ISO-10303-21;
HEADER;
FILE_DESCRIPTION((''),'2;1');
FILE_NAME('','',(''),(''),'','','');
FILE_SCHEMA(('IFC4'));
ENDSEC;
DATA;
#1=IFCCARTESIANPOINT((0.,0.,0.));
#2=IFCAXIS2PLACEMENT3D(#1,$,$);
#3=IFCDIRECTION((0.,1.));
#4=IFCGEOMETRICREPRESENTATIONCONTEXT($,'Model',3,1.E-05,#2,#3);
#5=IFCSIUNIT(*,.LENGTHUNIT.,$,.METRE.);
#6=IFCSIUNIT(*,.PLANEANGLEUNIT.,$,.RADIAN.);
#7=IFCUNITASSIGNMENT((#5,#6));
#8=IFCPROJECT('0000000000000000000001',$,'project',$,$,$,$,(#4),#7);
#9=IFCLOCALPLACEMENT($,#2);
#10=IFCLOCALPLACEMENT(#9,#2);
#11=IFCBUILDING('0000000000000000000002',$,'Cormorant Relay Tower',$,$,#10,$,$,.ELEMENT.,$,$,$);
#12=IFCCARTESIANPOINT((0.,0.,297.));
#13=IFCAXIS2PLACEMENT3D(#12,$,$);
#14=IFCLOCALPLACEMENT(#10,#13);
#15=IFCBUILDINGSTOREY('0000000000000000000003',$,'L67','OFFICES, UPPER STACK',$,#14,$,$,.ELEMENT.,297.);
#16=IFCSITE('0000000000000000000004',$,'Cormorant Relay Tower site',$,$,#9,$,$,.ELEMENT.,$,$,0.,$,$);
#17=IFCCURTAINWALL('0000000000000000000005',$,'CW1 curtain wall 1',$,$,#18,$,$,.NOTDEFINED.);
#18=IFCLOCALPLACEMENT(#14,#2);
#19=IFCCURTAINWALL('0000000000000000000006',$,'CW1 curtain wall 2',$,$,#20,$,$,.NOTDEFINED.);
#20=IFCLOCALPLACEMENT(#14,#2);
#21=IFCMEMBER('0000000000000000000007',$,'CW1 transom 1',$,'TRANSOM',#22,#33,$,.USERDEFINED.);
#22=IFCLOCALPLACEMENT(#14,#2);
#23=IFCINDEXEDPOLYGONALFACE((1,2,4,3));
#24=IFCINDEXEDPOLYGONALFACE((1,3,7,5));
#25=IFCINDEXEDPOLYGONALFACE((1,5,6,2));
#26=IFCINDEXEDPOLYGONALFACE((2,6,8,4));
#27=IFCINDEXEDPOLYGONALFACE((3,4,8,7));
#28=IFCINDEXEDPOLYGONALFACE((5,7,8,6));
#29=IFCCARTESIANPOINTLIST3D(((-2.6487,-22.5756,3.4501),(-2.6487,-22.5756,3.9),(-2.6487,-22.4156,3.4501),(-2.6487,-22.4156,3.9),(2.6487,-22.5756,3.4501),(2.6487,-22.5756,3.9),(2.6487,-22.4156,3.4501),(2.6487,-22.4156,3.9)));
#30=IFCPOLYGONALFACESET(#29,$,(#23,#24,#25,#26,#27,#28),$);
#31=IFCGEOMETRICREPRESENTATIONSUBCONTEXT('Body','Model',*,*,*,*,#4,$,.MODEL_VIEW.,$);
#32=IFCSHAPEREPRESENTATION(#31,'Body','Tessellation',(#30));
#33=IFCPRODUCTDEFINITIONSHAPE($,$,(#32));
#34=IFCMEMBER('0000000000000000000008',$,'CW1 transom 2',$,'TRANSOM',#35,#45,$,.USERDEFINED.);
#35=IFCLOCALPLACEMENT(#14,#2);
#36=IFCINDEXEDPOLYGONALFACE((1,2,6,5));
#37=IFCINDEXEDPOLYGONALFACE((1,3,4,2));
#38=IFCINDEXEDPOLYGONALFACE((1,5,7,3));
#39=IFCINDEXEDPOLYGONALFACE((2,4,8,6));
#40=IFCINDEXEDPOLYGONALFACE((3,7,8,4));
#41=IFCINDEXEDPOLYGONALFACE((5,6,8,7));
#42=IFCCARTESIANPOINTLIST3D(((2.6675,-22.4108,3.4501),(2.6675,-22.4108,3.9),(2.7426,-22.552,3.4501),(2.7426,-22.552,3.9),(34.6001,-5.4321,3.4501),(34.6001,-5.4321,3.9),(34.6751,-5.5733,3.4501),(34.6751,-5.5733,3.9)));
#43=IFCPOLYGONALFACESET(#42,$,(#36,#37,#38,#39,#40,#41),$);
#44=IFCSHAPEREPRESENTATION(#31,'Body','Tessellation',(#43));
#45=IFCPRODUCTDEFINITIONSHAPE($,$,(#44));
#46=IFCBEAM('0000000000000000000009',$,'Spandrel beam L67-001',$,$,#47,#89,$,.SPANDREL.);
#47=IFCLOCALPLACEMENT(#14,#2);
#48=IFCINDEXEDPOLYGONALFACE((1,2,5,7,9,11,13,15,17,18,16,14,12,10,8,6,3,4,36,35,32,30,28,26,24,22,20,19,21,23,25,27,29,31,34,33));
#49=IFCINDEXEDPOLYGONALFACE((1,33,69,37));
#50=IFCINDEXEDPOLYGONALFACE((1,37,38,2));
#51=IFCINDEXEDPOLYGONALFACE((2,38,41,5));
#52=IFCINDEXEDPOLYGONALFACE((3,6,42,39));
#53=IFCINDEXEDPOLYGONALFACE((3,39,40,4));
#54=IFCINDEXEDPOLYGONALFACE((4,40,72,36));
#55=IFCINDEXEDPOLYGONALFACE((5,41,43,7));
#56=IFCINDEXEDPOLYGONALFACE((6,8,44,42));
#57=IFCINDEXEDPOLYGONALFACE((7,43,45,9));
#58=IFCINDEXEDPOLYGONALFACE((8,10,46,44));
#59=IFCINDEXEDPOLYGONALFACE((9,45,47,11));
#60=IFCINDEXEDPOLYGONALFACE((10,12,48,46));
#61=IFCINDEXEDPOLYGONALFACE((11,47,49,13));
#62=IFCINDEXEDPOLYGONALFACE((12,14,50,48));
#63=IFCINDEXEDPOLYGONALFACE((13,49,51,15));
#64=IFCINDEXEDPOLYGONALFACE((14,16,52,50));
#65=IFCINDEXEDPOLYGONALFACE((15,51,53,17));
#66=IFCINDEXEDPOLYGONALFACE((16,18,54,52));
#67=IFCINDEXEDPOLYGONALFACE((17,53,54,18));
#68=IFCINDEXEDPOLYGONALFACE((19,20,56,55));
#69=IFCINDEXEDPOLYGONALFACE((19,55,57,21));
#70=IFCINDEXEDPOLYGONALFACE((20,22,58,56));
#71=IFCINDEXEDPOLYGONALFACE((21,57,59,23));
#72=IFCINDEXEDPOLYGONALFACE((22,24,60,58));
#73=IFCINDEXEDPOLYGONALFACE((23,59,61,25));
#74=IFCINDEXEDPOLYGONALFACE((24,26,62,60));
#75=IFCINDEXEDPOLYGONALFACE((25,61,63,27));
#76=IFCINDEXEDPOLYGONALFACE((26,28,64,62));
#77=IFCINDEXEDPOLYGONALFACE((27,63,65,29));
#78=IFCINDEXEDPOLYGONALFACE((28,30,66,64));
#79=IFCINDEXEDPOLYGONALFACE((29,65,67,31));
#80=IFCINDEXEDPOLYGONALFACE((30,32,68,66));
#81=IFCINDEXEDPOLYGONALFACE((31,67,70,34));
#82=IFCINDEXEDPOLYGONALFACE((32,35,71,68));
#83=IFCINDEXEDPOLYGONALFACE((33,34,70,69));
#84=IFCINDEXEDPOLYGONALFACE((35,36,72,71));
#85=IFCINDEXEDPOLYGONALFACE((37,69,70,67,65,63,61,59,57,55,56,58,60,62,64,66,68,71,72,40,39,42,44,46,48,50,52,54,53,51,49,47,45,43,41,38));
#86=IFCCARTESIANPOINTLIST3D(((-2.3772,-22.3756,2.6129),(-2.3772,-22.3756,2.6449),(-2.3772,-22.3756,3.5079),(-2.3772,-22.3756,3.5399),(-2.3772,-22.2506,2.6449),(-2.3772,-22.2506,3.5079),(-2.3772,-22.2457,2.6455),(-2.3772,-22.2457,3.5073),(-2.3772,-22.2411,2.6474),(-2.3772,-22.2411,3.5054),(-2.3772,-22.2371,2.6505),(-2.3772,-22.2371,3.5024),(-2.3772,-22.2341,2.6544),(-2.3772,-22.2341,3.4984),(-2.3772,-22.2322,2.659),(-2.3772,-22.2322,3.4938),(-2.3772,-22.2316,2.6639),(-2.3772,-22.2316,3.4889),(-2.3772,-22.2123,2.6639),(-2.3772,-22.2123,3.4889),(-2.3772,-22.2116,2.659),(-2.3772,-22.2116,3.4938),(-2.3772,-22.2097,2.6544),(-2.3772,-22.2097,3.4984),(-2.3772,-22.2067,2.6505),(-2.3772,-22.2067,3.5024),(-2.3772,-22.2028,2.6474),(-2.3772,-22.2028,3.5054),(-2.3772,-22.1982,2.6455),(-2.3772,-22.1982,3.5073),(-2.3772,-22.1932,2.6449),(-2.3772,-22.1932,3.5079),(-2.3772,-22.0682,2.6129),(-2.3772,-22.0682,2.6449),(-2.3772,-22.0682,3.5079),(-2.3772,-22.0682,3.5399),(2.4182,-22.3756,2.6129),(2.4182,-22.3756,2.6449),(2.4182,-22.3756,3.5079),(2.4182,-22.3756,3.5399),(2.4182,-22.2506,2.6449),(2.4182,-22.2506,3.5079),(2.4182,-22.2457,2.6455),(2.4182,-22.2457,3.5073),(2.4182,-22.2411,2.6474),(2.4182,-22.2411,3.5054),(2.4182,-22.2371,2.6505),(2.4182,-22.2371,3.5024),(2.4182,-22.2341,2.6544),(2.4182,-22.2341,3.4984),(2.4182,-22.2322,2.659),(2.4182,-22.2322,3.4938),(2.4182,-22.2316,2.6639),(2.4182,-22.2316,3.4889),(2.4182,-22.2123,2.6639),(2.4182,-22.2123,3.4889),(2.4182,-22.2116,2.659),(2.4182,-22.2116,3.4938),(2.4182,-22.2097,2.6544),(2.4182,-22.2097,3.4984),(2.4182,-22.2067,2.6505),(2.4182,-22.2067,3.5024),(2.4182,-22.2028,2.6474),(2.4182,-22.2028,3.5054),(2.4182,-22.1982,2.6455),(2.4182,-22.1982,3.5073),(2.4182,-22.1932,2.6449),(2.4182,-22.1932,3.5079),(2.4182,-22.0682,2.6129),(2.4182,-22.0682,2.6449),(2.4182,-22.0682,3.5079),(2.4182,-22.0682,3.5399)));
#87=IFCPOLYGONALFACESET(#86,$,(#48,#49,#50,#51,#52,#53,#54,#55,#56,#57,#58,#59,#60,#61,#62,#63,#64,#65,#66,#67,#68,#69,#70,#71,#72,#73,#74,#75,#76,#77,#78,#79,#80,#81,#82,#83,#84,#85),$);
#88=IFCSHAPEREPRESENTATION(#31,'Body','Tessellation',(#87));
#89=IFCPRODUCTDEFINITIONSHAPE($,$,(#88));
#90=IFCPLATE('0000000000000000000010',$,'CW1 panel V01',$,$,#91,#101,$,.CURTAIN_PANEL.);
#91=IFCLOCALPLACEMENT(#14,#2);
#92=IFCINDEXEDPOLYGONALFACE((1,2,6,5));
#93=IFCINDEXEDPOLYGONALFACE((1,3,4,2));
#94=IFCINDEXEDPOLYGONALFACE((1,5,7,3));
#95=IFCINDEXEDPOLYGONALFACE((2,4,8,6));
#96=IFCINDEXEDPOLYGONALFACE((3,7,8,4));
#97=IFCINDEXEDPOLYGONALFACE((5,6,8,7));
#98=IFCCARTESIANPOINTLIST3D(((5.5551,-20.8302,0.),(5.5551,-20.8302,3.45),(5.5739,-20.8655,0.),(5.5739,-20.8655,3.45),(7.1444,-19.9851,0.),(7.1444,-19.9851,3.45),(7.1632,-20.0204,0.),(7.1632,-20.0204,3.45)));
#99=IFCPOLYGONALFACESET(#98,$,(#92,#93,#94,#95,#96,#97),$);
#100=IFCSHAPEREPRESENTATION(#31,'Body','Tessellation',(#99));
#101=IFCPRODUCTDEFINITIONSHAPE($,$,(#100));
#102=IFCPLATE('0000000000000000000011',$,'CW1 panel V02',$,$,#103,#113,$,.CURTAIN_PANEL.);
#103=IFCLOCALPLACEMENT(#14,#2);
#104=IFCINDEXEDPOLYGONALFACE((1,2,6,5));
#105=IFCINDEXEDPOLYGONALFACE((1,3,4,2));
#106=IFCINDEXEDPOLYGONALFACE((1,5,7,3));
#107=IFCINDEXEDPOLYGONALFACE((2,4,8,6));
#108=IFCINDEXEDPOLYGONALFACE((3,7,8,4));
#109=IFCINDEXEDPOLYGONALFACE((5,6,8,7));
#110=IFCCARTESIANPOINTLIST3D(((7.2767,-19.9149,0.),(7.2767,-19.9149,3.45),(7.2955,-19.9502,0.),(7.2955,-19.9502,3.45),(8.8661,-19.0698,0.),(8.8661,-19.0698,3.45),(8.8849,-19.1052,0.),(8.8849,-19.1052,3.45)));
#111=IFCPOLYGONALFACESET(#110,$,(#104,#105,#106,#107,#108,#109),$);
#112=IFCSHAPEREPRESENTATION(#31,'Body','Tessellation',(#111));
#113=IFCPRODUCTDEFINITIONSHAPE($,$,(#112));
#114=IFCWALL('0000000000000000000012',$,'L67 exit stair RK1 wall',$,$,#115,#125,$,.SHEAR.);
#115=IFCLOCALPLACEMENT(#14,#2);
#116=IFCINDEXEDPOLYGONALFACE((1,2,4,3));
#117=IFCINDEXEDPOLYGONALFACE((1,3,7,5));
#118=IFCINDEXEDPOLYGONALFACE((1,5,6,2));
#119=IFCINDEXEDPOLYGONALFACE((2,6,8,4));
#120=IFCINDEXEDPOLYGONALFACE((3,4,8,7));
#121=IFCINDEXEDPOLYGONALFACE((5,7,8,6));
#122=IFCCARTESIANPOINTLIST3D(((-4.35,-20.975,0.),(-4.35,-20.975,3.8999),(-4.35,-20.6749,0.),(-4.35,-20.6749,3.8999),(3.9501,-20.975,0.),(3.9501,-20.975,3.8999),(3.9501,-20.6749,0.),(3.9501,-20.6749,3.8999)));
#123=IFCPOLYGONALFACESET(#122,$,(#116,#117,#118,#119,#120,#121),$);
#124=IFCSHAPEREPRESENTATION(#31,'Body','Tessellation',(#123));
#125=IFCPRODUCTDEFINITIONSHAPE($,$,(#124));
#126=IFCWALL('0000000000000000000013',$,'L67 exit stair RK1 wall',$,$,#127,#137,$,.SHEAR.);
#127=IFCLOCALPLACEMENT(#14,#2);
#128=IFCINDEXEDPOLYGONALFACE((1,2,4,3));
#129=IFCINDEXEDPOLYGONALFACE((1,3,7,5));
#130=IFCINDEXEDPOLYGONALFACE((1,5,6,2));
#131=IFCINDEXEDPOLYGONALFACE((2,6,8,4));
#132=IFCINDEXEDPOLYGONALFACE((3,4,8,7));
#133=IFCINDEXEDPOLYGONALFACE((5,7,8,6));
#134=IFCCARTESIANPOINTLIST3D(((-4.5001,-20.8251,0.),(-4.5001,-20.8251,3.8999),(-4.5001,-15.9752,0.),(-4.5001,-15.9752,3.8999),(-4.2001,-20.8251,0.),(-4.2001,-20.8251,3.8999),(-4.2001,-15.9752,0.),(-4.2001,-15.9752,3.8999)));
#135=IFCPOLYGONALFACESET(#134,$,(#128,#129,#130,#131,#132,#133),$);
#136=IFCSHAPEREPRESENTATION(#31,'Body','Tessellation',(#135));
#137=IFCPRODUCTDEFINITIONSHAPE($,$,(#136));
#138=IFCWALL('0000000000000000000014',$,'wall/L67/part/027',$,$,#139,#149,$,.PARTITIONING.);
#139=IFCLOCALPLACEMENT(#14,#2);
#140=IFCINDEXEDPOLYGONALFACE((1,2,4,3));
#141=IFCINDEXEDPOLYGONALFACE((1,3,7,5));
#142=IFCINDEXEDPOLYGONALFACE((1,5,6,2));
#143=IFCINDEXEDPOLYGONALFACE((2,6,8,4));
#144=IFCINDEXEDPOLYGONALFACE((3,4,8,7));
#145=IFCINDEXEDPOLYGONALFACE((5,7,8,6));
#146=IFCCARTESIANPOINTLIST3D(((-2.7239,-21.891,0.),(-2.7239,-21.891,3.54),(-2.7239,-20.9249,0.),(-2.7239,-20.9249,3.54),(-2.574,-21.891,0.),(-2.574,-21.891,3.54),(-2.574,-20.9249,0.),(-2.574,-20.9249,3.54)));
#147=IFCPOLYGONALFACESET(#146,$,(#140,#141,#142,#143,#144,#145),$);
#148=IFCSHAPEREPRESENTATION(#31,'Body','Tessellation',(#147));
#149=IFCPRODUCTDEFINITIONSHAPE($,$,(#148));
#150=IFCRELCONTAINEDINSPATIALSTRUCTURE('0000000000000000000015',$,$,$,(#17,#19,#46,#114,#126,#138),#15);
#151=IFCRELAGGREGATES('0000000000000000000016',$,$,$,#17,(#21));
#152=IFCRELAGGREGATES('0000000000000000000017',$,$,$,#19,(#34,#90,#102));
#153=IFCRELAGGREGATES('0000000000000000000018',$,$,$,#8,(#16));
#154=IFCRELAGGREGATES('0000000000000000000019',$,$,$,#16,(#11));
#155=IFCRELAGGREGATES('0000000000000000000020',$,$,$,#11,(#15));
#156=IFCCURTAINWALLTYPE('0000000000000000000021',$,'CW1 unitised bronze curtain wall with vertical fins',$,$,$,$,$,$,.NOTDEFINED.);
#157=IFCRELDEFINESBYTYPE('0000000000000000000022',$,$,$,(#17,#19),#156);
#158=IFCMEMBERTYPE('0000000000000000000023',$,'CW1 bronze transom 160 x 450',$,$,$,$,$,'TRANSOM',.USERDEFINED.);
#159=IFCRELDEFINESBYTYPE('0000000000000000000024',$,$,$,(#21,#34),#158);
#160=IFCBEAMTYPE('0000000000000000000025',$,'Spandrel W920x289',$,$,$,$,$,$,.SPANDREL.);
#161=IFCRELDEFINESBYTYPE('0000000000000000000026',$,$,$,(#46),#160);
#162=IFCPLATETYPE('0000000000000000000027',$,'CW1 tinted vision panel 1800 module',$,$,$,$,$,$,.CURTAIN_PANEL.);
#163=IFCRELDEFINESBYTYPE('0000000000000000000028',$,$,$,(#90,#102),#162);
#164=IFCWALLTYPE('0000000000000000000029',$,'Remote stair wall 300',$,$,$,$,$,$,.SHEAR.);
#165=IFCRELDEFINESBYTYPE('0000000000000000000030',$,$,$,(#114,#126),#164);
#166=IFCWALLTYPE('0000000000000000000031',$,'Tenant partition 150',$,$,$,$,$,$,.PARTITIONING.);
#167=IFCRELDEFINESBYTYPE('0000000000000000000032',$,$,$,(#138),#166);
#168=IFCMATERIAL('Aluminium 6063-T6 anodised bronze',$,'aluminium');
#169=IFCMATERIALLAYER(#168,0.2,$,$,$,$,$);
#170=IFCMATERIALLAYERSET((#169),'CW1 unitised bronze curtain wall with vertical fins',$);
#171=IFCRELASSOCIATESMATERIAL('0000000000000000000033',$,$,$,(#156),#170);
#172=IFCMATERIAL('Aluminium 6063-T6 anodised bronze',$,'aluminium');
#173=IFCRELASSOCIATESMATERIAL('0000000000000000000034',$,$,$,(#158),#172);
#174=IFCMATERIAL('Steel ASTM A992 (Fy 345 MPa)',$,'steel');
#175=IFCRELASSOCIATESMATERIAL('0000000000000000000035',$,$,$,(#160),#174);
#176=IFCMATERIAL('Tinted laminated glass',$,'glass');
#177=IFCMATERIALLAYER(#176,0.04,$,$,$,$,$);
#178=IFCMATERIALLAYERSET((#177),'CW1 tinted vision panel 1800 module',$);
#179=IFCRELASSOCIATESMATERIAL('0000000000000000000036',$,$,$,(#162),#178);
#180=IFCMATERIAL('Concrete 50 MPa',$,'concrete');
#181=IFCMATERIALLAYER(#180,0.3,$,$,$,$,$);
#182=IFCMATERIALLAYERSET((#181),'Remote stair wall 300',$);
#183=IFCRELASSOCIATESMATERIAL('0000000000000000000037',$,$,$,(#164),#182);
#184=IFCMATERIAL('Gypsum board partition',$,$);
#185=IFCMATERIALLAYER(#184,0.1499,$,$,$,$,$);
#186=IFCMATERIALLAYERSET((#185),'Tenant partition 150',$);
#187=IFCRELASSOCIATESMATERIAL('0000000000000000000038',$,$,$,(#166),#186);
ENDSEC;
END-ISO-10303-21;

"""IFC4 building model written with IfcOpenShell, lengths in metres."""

from ifc_helpers import new_model, si_unit, direction, frame, frame_2d, origin, origin_2d, place, context, subcontext, project, spatial, rectangle, i_section, extrude, material, layer, layer_set, material_profile, profile_set, type_object, element, aggregate, save


model = new_model("IFC4")

# Units and contexts
model_context = context("Model", 3, precision=1e-05, world=origin(), true_north=direction((0.0, 1.0)))
body_context = subcontext(model_context, "Body", "Model", "MODEL_VIEW")
ifc_project = project(units=[si_unit("LENGTHUNIT", "METRE"), si_unit("PLANEANGLEUNIT", "RADIAN")], contexts=[model_context])

# Site, building, storey
site_placement = place(None, origin())
site = spatial("IfcSite", under=ifc_project, at=site_placement, Name="Cormorant Relay Tower site", CompositionType="ELEMENT", RefElevation=0.0)
building_placement = place(site_placement, origin())
building = spatial("IfcBuilding", under=site, at=building_placement, Name="Cormorant Relay Tower", CompositionType="ELEMENT")
storey_placement = place(building_placement, frame((0.0, 0.0, 297.0)))
storey = spatial("IfcBuildingStorey", under=building, at=storey_placement, Name="L67", Description="OFFICES, UPPER STACK", CompositionType="ELEMENT", Elevation=297.0)

# Curtain wall
ifc_material_1 = material(Name="Aluminium 6063-T6 anodised bronze", Category="aluminium")
ifc_layer_1 = layer(ifc_material_1, 0.2)
ifc_layer_set_1 = layer_set([ifc_layer_1], Name="CW1 unitised bronze curtain wall with vertical fins")
curtain_wall_type = type_object("IfcCurtainWallType", Name="CW1 unitised bronze curtain wall with vertical fins", PredefinedType="NOTDEFINED", material=ifc_layer_set_1)
curtain_wall_1_placement = place(storey_placement, origin())
curtain_wall_1 = element("IfcCurtainWall", 1, at=curtain_wall_1_placement, inside=storey, type_object=curtain_wall_type, Name="CW1 curtain wall 1", PredefinedType="NOTDEFINED")

# Curtain wall
curtain_wall_2_placement = place(storey_placement, origin())
curtain_wall_2 = element("IfcCurtainWall", 2, at=curtain_wall_2_placement, inside=storey, type_object=curtain_wall_type, Name="CW1 curtain wall 2", PredefinedType="NOTDEFINED")

# Members
ifc_material_2 = material(Name="Aluminium 6063-T6 anodised bronze", Category="aluminium")
ifc_material_profile_1 = material_profile(ifc_material_2, rectangle(XDim=0.1599, YDim=0.45, at=origin_2d()), Name="AL 160x450")
ifc_profile_set_1 = profile_set([ifc_material_profile_1], Name="Aluminium 6063-T6 anodised bronze")
member_type_1 = type_object("IfcMemberType", Name="CW1 bronze transom 160 x 450", ElementType="TRANSOM", PredefinedType="USERDEFINED", material=ifc_profile_set_1)
member_1_placement = place(storey_placement, frame((-2.6487, -22.4956, 3.675), z_axis=(1.0, 0.0, 0.0), x_axis=(0.0, 1.0, 0.0)))
member_1 = element("IfcMember", 3, at=member_1_placement, type_object=member_type_1, Name="CW1 transom 1", ObjectType="TRANSOM", PredefinedType="USERDEFINED", context=body_context, shape_type="SweptSolid", body=[
    extrude(rectangle(XDim=0.1599, YDim=0.45, at=origin_2d()), origin(), (0.0, 0.0, 1.0), 5.2974),
])
member_2_placement = place(storey_placement, frame((2.7051, -22.4814, 3.675), z_axis=(0.882949, 0.469469, 0.0), x_axis=(-0.469469, 0.882949, 0.0)))
member_2 = element("IfcMember", 4, at=member_2_placement, type_object=member_type_1, Name="CW1 transom 2", ObjectType="TRANSOM", PredefinedType="USERDEFINED", context=body_context, shape_type="SweptSolid", body=[
    extrude(rectangle(XDim=0.1599, YDim=0.45, at=origin_2d()), origin(), (0.0, 0.0, 1.0), 36.1658),
])

# Beam
ifc_material_3 = material(Name="Steel ASTM A992 (Fy 345 MPa)", Category="steel")
ifc_material_profile_2 = material_profile(ifc_material_3, i_section(OverallWidth=0.3074, OverallDepth=0.927, WebThickness=0.0193, FlangeThickness=0.032, FilletRadius=0.019, at=origin_2d()), Name="W920x289")
ifc_profile_set_2 = profile_set([ifc_material_profile_2], Name="Steel ASTM A992 (Fy 345 MPa)")
beam_type = type_object("IfcBeamType", Name="Spandrel W920x289", PredefinedType="SPANDREL", material=ifc_profile_set_2)
beam_placement = place(storey_placement, frame((-2.3772, -22.2219, 3.0764), z_axis=(1.0, 0.0, 0.0), x_axis=(0.0, 1.0, 0.0)))
element("IfcBeam", 5, at=beam_placement, inside=storey, type_object=beam_type, Name="Spandrel beam L67-001", PredefinedType="SPANDREL", context=body_context, shape_type="SweptSolid", body=[
    extrude(i_section(OverallWidth=0.3074, OverallDepth=0.927, WebThickness=0.0193, FlangeThickness=0.032, FilletRadius=0.019, at=origin_2d()), origin(), (0.0, 0.0, 1.0), 4.7954),
])

# Plates
ifc_material_4 = material(Name="Tinted laminated glass", Category="glass")
ifc_layer_2 = layer(ifc_material_4, 0.04)
ifc_layer_set_2 = layer_set([ifc_layer_2], Name="CW1 tinted vision panel 1800 module")
plate_type = type_object("IfcPlateType", Name="CW1 tinted vision panel 1800 module", PredefinedType="CURTAIN_PANEL", material=ifc_layer_set_2)
plate_1_placement = place(storey_placement, frame((6.3591, -20.4253, 0.0), z_axis=(0.0, 0.0, 1.0), x_axis=(0.882948, 0.469472, 0.0)))
plate_1 = element("IfcPlate", 6, at=plate_1_placement, type_object=plate_type, Name="CW1 panel V01", PredefinedType="CURTAIN_PANEL", context=body_context, shape_type="SweptSolid", body=[
    extrude(rectangle(XDim=1.8, YDim=0.04, at=origin_2d()), origin(), (0.0, 0.0, 1.0), 3.45),
])
plate_2_placement = place(storey_placement, frame((8.0808, -19.51, 0.0), z_axis=(0.0, 0.0, 1.0), x_axis=(0.882948, 0.469472, 0.0)))
plate_2 = element("IfcPlate", 7, at=plate_2_placement, type_object=plate_type, Name="CW1 panel V02", PredefinedType="CURTAIN_PANEL", context=body_context, shape_type="SweptSolid", body=[
    extrude(rectangle(XDim=1.8, YDim=0.04, at=origin_2d()), origin(), (0.0, 0.0, 1.0), 3.45),
])

# Walls
ifc_material_5 = material(Name="Concrete 50 MPa", Category="concrete")
ifc_layer_3 = layer(ifc_material_5, 0.3)
ifc_layer_set_3 = layer_set([ifc_layer_3], Name="Remote stair wall 300")
wall_type_1 = type_object("IfcWallType", Name="Remote stair wall 300", PredefinedType="SHEAR", material=ifc_layer_set_3)
wall_1_placement = place(storey_placement, frame((3.95, -20.825, 0.0), z_axis=(0.0, 0.0, 1.0), x_axis=(-1.0, 0.0, 0.0)))
element("IfcWall", 8, at=wall_1_placement, inside=storey, type_object=wall_type_1, Name="L67 exit stair RK1 wall", PredefinedType="SHEAR", context=body_context, shape_type="SweptSolid", body=[
    extrude(rectangle(XDim=8.3, YDim=0.3, at=frame_2d((4.1499, 0.0))), origin(), (0.0, 0.0, 1.0), 3.8999),
])
wall_2_placement = place(storey_placement, frame((-4.3501, -20.825, 0.0), z_axis=(0.0, 0.0, 1.0), x_axis=(0.0, 1.0, 0.0)))
element("IfcWall", 9, at=wall_2_placement, inside=storey, type_object=wall_type_1, Name="L67 exit stair RK1 wall", PredefinedType="SHEAR", context=body_context, shape_type="SweptSolid", body=[
    extrude(rectangle(XDim=4.8499, YDim=0.3, at=frame_2d((2.4248, 0.0))), origin(), (0.0, 0.0, 1.0), 3.8999),
])
ifc_material_6 = material(Name="Gypsum board partition")
ifc_layer_4 = layer(ifc_material_6, 0.1499)
ifc_layer_set_4 = layer_set([ifc_layer_4], Name="Tenant partition 150")
wall_type_2 = type_object("IfcWallType", Name="Tenant partition 150", PredefinedType="PARTITIONING", material=ifc_layer_set_4)
wall_3_placement = place(storey_placement, frame((-2.6489, -20.925, 0.0), z_axis=(0.0, 0.0, 1.0), x_axis=(0.0, -1.0, 0.0)))
element("IfcWall", 10, at=wall_3_placement, inside=storey, type_object=wall_type_2, Name="wall/L67/part/027", PredefinedType="PARTITIONING", context=body_context, shape_type="SweptSolid", body=[
    extrude(rectangle(XDim=0.9661, YDim=0.1499, at=frame_2d((0.4829, 0.0))), origin(), (0.0, 0.0, 1.0), 3.54),
])

aggregate(curtain_wall_1, [member_1])
aggregate(curtain_wall_2, [member_2, plate_1, plate_2])

save(model, "model.ifc")
